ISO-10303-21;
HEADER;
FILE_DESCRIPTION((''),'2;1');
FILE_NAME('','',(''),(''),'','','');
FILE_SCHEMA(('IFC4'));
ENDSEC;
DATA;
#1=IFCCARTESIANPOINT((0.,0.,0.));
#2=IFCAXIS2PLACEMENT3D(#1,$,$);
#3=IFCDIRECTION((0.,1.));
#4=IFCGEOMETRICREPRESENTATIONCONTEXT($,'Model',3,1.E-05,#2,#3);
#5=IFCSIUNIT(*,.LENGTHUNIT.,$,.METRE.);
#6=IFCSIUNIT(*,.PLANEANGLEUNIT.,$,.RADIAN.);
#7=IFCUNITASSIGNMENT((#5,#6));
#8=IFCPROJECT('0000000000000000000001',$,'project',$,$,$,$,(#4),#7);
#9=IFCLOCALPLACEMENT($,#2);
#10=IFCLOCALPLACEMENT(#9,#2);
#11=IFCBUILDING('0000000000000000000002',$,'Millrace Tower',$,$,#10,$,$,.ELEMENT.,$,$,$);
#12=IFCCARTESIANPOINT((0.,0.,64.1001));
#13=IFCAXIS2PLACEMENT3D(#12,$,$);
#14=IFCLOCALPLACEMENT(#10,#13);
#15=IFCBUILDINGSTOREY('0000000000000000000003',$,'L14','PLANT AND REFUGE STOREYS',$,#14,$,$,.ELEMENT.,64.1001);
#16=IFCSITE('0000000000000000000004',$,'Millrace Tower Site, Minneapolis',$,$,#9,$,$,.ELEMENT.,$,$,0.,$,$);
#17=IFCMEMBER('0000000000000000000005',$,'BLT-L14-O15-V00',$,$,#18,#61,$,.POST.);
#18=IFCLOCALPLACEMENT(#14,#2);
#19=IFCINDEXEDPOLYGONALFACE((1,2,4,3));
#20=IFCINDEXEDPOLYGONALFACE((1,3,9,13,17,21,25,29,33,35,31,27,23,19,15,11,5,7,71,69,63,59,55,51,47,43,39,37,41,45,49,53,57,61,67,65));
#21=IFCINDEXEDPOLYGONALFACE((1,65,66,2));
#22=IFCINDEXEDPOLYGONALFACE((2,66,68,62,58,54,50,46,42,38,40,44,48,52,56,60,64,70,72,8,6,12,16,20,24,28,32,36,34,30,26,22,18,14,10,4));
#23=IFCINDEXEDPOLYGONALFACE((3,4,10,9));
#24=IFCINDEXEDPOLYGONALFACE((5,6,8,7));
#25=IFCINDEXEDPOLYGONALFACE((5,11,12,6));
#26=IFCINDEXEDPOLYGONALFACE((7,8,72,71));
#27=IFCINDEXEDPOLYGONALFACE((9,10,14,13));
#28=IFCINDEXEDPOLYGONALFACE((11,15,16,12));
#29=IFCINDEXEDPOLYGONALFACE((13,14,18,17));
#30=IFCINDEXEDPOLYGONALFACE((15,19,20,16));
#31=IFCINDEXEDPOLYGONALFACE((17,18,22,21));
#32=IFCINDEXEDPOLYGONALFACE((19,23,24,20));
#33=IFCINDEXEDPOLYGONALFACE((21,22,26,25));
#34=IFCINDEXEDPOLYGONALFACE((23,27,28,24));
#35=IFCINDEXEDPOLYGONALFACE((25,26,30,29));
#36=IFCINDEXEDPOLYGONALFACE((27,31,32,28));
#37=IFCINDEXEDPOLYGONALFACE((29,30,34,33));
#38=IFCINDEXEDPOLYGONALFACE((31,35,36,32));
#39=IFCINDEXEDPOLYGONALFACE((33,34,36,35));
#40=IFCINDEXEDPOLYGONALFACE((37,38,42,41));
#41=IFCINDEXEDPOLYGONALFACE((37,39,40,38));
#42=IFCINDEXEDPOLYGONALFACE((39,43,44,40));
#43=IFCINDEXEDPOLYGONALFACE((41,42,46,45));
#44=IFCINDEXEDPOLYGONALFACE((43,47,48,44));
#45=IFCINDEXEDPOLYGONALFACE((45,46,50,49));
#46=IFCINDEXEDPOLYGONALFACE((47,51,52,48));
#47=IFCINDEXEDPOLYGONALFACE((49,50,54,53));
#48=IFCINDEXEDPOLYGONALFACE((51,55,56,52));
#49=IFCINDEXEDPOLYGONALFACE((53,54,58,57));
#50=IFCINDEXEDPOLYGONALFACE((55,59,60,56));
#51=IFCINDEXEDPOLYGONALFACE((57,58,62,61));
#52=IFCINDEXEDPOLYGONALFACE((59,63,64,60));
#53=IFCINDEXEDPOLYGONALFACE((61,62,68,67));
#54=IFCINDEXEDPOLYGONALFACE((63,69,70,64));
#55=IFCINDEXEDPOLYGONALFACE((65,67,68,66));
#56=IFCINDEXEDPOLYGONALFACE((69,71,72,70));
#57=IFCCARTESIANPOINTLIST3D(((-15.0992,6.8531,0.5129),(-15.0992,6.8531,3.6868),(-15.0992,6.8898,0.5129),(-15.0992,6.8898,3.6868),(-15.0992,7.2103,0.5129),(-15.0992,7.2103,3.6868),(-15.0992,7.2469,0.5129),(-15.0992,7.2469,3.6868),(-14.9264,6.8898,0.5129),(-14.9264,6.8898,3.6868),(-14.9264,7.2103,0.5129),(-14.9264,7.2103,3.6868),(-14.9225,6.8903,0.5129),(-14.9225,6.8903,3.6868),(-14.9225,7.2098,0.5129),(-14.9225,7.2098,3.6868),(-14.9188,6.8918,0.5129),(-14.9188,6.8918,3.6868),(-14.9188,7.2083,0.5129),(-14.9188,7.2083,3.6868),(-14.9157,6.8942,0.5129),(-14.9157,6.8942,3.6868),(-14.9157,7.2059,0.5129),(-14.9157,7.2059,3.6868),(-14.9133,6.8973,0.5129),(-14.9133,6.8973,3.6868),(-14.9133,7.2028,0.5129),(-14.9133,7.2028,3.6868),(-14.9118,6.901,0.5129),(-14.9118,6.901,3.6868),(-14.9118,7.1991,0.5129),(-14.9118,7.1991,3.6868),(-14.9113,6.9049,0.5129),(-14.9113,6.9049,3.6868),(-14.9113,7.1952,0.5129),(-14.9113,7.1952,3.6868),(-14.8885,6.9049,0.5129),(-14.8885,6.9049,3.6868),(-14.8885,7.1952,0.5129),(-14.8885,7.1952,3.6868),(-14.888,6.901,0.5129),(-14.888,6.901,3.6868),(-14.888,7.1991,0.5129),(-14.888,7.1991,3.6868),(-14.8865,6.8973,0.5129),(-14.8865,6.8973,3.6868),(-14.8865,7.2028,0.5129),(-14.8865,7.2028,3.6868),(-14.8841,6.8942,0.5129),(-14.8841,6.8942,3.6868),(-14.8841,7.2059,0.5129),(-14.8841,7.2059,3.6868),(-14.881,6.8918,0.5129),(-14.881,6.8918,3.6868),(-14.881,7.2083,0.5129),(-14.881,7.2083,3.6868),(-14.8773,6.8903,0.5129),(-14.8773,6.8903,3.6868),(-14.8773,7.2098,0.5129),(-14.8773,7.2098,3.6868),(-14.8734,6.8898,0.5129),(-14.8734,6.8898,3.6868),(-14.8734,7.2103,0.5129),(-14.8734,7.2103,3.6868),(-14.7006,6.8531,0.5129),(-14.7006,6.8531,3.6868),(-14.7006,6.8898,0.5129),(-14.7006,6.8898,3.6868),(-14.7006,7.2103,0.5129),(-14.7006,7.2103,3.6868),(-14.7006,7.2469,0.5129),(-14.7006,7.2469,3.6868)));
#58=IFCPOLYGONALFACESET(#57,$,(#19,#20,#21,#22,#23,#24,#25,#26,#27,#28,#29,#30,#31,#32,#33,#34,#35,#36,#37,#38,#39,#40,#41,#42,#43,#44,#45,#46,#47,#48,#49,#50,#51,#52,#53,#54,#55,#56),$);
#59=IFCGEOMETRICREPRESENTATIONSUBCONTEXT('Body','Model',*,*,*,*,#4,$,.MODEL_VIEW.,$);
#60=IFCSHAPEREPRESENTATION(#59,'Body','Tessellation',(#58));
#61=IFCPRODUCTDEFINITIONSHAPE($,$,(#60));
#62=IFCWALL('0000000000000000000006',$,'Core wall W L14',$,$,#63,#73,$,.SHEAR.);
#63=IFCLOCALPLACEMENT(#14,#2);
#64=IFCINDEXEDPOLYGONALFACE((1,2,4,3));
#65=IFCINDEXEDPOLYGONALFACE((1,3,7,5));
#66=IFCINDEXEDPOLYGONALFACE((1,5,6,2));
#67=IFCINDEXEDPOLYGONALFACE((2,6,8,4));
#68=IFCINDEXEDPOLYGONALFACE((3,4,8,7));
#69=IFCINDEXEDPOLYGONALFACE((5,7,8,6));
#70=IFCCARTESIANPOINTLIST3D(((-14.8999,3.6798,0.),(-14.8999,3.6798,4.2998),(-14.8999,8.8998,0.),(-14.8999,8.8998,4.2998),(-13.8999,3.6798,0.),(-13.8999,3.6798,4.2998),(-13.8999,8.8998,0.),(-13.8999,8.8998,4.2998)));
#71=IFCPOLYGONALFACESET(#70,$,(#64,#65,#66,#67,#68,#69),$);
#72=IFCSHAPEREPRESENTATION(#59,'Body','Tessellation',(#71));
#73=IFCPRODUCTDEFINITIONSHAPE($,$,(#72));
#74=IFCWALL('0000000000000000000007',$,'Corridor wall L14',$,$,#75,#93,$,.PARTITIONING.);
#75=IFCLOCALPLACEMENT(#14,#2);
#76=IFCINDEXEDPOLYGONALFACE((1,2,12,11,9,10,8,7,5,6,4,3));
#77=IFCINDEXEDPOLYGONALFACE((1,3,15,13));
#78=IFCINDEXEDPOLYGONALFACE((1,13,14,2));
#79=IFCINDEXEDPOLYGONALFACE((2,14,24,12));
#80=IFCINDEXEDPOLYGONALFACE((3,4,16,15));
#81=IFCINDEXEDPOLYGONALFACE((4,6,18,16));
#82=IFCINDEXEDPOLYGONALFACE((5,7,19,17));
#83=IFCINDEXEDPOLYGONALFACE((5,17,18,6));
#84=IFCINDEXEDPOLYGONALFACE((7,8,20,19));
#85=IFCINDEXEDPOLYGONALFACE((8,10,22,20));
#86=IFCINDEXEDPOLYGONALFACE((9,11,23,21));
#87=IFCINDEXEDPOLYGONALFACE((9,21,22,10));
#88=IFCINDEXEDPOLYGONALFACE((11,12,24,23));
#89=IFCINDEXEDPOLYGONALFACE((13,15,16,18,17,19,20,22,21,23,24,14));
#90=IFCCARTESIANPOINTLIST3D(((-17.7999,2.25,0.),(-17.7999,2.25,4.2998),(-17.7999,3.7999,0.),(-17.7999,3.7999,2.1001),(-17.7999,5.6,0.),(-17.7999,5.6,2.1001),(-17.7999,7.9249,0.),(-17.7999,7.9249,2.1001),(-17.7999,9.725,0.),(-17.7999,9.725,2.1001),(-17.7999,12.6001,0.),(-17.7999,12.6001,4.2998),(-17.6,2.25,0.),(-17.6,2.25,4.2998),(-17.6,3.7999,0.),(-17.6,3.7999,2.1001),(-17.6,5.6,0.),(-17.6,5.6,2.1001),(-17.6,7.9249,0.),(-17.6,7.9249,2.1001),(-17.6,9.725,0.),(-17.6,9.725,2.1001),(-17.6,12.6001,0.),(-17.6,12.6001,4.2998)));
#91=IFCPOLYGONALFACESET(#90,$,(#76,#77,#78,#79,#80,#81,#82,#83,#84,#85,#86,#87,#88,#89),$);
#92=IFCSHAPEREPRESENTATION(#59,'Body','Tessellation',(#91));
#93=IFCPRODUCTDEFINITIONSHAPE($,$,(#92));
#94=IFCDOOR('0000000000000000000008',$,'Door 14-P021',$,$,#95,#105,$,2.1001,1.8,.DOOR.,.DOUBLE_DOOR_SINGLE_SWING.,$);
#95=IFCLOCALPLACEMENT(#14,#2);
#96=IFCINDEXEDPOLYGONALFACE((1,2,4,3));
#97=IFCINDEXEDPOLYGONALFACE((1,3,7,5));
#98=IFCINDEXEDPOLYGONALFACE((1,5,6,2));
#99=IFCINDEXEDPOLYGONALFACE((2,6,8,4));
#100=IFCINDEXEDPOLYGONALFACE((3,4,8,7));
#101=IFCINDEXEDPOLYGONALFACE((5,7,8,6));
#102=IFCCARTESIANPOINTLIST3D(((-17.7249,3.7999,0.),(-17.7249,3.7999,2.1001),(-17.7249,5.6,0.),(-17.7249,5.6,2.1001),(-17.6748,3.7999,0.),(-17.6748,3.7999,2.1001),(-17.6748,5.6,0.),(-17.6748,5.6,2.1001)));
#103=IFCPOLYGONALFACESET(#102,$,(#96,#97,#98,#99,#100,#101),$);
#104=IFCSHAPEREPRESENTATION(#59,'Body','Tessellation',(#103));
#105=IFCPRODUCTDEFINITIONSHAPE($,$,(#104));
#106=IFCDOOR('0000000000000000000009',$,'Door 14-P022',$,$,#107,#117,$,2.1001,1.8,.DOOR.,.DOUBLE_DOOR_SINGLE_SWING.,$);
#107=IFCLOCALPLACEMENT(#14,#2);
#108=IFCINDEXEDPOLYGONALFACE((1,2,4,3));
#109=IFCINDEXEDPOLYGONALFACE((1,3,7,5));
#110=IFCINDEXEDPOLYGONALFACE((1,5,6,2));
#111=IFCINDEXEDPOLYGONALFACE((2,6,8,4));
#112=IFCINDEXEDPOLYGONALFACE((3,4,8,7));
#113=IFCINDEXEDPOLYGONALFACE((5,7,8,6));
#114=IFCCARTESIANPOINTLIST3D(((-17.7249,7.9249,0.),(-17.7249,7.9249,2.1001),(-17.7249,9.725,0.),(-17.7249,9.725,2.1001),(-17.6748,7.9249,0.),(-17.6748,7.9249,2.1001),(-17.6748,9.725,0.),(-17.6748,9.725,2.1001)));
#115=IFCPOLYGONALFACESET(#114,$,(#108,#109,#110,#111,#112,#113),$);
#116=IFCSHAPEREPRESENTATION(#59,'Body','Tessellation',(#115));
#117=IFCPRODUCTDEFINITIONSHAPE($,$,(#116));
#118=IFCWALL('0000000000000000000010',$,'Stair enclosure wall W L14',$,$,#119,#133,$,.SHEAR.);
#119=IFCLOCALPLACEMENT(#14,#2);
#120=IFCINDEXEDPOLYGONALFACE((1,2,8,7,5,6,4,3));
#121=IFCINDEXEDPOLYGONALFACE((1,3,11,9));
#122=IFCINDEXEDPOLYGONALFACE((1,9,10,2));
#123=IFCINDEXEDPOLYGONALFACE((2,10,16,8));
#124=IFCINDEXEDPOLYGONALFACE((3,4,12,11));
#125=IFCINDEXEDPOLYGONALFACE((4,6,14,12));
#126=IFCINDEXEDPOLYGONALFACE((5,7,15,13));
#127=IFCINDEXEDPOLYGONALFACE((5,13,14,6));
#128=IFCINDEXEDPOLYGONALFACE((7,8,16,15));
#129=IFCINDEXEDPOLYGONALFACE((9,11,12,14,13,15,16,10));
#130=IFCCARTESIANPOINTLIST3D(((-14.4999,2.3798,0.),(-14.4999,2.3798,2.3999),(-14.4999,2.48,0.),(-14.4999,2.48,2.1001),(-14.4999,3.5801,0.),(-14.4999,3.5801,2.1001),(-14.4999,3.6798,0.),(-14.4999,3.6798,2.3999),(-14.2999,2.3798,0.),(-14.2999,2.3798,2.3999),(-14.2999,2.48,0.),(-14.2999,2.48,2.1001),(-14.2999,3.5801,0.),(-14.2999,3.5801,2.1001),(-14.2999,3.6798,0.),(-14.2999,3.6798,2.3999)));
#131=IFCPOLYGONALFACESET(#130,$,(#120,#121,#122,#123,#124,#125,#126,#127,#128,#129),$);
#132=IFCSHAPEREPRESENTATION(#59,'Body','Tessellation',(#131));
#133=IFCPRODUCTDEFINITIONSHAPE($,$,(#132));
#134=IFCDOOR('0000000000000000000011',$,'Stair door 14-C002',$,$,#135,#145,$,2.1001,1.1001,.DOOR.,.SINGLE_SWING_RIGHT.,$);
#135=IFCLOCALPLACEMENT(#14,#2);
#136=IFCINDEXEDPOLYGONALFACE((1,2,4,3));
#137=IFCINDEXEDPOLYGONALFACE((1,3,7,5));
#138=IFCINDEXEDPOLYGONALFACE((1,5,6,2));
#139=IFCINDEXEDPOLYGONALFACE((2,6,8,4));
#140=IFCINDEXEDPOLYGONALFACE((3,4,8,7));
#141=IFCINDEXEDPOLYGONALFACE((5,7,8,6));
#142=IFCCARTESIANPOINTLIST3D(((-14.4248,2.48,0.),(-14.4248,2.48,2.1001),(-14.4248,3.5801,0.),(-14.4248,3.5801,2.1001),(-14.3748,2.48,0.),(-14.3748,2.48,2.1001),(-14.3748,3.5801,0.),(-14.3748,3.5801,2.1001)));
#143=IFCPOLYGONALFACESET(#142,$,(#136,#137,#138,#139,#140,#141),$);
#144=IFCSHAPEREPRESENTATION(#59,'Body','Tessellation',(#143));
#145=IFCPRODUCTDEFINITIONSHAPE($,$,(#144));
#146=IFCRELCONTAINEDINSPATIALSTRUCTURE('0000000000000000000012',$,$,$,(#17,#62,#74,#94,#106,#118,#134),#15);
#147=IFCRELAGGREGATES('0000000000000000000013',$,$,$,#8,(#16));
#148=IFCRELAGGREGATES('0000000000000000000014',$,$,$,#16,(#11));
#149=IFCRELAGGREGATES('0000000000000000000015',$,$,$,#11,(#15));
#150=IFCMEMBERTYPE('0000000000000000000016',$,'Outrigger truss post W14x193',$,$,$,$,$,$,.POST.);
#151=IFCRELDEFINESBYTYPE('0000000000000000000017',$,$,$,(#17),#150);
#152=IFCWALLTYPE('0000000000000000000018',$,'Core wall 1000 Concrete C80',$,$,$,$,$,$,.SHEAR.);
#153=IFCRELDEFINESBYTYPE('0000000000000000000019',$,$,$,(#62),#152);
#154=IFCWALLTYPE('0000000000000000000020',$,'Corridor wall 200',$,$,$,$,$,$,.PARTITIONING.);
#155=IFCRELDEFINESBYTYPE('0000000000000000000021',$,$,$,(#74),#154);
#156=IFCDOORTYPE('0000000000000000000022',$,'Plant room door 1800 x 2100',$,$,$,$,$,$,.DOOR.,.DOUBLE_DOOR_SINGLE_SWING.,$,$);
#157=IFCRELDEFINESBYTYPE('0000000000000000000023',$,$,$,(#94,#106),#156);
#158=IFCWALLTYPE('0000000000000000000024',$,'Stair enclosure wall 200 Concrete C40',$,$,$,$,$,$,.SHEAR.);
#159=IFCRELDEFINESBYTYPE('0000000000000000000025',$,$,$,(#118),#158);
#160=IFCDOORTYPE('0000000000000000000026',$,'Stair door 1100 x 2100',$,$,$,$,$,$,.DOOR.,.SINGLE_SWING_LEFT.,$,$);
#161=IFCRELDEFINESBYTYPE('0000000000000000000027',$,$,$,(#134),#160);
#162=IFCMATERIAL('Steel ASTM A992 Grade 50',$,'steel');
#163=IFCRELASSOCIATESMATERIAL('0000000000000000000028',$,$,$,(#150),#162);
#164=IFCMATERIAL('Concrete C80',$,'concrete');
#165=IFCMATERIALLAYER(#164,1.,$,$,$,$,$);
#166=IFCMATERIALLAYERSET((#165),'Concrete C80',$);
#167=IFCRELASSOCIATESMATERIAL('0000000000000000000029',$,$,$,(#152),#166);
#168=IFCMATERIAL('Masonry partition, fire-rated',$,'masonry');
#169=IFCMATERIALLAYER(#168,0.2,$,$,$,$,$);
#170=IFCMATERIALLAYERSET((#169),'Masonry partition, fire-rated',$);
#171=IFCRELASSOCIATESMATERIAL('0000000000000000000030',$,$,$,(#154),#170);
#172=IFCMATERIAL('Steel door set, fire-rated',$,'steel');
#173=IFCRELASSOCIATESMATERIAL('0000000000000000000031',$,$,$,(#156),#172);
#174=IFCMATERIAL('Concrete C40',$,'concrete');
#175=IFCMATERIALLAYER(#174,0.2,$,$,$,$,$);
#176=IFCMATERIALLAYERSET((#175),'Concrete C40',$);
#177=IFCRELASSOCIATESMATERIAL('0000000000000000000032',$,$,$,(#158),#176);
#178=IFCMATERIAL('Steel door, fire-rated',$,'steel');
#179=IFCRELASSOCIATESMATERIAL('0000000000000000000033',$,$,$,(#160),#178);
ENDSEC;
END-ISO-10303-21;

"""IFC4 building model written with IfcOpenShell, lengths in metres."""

from ifc_helpers import new_model, si_unit, direction, frame, frame_2d, origin, origin_2d, place, context, subcontext, project, spatial, rectangle, i_section, extrude, material, layer, layer_set, material_profile, profile_set, type_object, element, fill, save


model = new_model("IFC4")

# Units and contexts
model_context = context("Model", 3, precision=1e-05, world=origin(), true_north=direction((0.0, 1.0)))
body_context = subcontext(model_context, "Body", "Model", "MODEL_VIEW")
ifc_project = project(units=[si_unit("LENGTHUNIT", "METRE"), si_unit("PLANEANGLEUNIT", "RADIAN")], contexts=[model_context])

# Site, building, storey
site_placement = place(None, origin())
site = spatial("IfcSite", under=ifc_project, at=site_placement, Name="Millrace Tower Site, Minneapolis", CompositionType="ELEMENT", RefElevation=0.0)
building_placement = place(site_placement, origin())
building = spatial("IfcBuilding", under=site, at=building_placement, Name="Millrace Tower", CompositionType="ELEMENT")
storey_placement = place(building_placement, frame((0.0, 0.0, 64.1001)))
storey = spatial("IfcBuildingStorey", under=building, at=storey_placement, Name="L14", Description="PLANT AND REFUGE STOREYS", CompositionType="ELEMENT", Elevation=64.1001)

# Member
ifc_material_1 = material(Name="Steel ASTM A992 Grade 50", Category="steel")
ifc_material_profile_1 = material_profile(ifc_material_1, i_section(OverallWidth=0.3987, OverallDepth=0.3938, WebThickness=0.0227, FlangeThickness=0.0366, FilletRadius=0.0151, at=origin_2d()))
ifc_profile_set_1 = profile_set([ifc_material_profile_1], Name="Steel ASTM A992 Grade 50")
member_type_1 = type_object("IfcMemberType", Name="Outrigger truss post W14x193", PredefinedType="POST", material=ifc_profile_set_1)
member_1_placement = place(storey_placement, frame((-14.8999, 7.05, 0.5129), z_axis=(0.0, 0.0, 1.0), x_axis=(1.0, 0.0, 0.0)))
element("IfcMember", 1, at=member_1_placement, inside=storey, type_object=member_type_1, Name="BLT-L14-O15-V00", PredefinedType="POST", context=body_context, shape_type="SweptSolid", body=[
    extrude(i_section(OverallWidth=0.3987, OverallDepth=0.3938, WebThickness=0.0227, FlangeThickness=0.0366, FilletRadius=0.0151, at=origin_2d()), origin(), (0.0, 0.0, 1.0), 3.1738),
])

# Wall
ifc_material_2 = material(Name="Concrete C80", Category="concrete")
ifc_layer_1 = layer(ifc_material_2, 1.0)
ifc_layer_set_1 = layer_set([ifc_layer_1], Name="Concrete C80")
wall_type_1 = type_object("IfcWallType", Name="Core wall 1000 Concrete C80", PredefinedType="SHEAR", material=ifc_layer_set_1)
wall_1_placement = place(storey_placement, frame((-14.3999, 3.6799, 0.0), z_axis=(0.0, 0.0, 1.0), x_axis=(0.0, 1.0, 0.0)))
element("IfcWall", 2, at=wall_1_placement, inside=storey, type_object=wall_type_1, Name="Core wall W L14", PredefinedType="SHEAR", context=body_context, shape_type="SweptSolid", body=[
    extrude(rectangle(XDim=5.22, YDim=1.0, at=frame_2d((2.6099, 0.0))), origin(), (0.0, 0.0, 1.0), 4.2998),
])

# Wall, openings, doors
ifc_material_3 = material(Name="Masonry partition, fire-rated", Category="masonry")
ifc_layer_2 = layer(ifc_material_3, 0.2)
ifc_layer_set_2 = layer_set([ifc_layer_2], Name="Masonry partition, fire-rated")
wall_type_2 = type_object("IfcWallType", Name="Corridor wall 200", PredefinedType="PARTITIONING", material=ifc_layer_set_2)
wall_2_placement = place(storey_placement, frame((-17.7, 2.25, 0.0), z_axis=(0.0, 0.0, 1.0), x_axis=(0.0, 1.0, 0.0)))
wall_2 = element("IfcWall", 3, at=wall_2_placement, inside=storey, type_object=wall_type_2, Name="Corridor wall L14", PredefinedType="PARTITIONING", context=body_context, shape_type="SweptSolid", body=[
    extrude(rectangle(XDim=10.3501, YDim=0.2, at=frame_2d((5.175, 0.0))), origin(), (0.0, 0.0, 1.0), 4.2998),
])
opening_1_placement = place(wall_2_placement, frame((1.55, 0.0, 0.0)))
opening_1 = element("IfcOpeningElement", 4, at=opening_1_placement, cuts=wall_2, PredefinedType="OPENING", context=body_context, shape_type="SweptSolid", body=[
    extrude(rectangle(XDim=1.8, YDim=2.1001, at=frame_2d((0.8999, 1.05))), frame((0.0, 0.1099, 0.0), z_axis=(0.0, -1.0, 0.0), x_axis=(1.0, 0.0, 0.0)), (0.0, 0.0, 1.0), 0.22),
])
opening_2_placement = place(wall_2_placement, frame((5.675, 0.0, 0.0)))
opening_2 = element("IfcOpeningElement", 5, at=opening_2_placement, cuts=wall_2, PredefinedType="OPENING", context=body_context, shape_type="SweptSolid", body=[
    extrude(rectangle(XDim=1.8, YDim=2.1001, at=frame_2d((0.8999, 1.05))), frame((0.0, 0.1099, 0.0), z_axis=(0.0, -1.0, 0.0), x_axis=(1.0, 0.0, 0.0)), (0.0, 0.0, 1.0), 0.22),
])
ifc_material_4 = material(Name="Steel door set, fire-rated", Category="steel")
door_type_1 = type_object("IfcDoorType", Name="Plant room door 1800 x 2100", OperationType="DOUBLE_DOOR_SINGLE_SWING", PredefinedType="DOOR", material=ifc_material_4)
door_1_placement = place(opening_1_placement, origin())
door_1 = element("IfcDoor", 6, at=door_1_placement, inside=storey, type_object=door_type_1, Name="Door 14-P021", OperationType="DOUBLE_DOOR_SINGLE_SWING", OverallHeight=2.1001, OverallWidth=1.8, PredefinedType="DOOR", context=body_context, shape_type="SweptSolid", body=[
    extrude(rectangle(XDim=1.8, YDim=2.1001, at=frame_2d((0.8999, 1.05))), frame((0.0, 0.0249, 0.0), z_axis=(0.0, -1.0, 0.0), x_axis=(1.0, 0.0, 0.0)), (0.0, 0.0, 1.0), 0.05),
])
fill(opening_1, door_1)
door_2_placement = place(opening_2_placement, origin())
door_2 = element("IfcDoor", 7, at=door_2_placement, inside=storey, type_object=door_type_1, Name="Door 14-P022", OperationType="DOUBLE_DOOR_SINGLE_SWING", OverallHeight=2.1001, OverallWidth=1.8, PredefinedType="DOOR", context=body_context, shape_type="SweptSolid", body=[
    extrude(rectangle(XDim=1.8, YDim=2.1001, at=frame_2d((0.8999, 1.05))), frame((0.0, 0.0249, 0.0), z_axis=(0.0, -1.0, 0.0), x_axis=(1.0, 0.0, 0.0)), (0.0, 0.0, 1.0), 0.05),
])
fill(opening_2, door_2)

# Wall, opening, door
ifc_material_5 = material(Name="Concrete C40", Category="concrete")
ifc_layer_3 = layer(ifc_material_5, 0.2)
ifc_layer_set_3 = layer_set([ifc_layer_3], Name="Concrete C40")
wall_type_3 = type_object("IfcWallType", Name="Stair enclosure wall 200 Concrete C40", PredefinedType="SHEAR", material=ifc_layer_set_3)
wall_3_placement = place(storey_placement, frame((-14.3999, 2.3799, 0.0), z_axis=(0.0, 0.0, 1.0), x_axis=(0.0, 1.0, 0.0)))
wall_3 = element("IfcWall", 8, at=wall_3_placement, inside=storey, type_object=wall_type_3, Name="Stair enclosure wall W L14", PredefinedType="SHEAR", context=body_context, shape_type="SweptSolid", body=[
    extrude(rectangle(XDim=1.3, YDim=0.2, at=frame_2d((0.6499, 0.0))), origin(), (0.0, 0.0, 1.0), 2.3999),
])
opening_3_placement = place(wall_3_placement, frame((0.1001, 0.0, 0.0)))
opening_3 = element("IfcOpeningElement", 9, at=opening_3_placement, cuts=wall_3, PredefinedType="OPENING", context=body_context, shape_type="SweptSolid", body=[
    extrude(rectangle(XDim=1.1001, YDim=2.1001, at=frame_2d((0.55, 1.05))), frame((0.0, 0.1099, 0.0), z_axis=(0.0, -1.0, 0.0), x_axis=(1.0, 0.0, 0.0)), (0.0, 0.0, 1.0), 0.22),
])
ifc_material_6 = material(Name="Steel door, fire-rated", Category="steel")
door_type_2 = type_object("IfcDoorType", Name="Stair door 1100 x 2100", OperationType="SINGLE_SWING_LEFT", PredefinedType="DOOR", material=ifc_material_6)
door_3_placement = place(opening_3_placement, origin())
door_3 = element("IfcDoor", 10, at=door_3_placement, inside=storey, type_object=door_type_2, Name="Stair door 14-C002", OperationType="SINGLE_SWING_RIGHT", OverallHeight=2.1001, OverallWidth=1.1001, PredefinedType="DOOR", context=body_context, shape_type="SweptSolid", body=[
    extrude(rectangle(XDim=1.1001, YDim=2.1001, at=frame_2d((0.55, 1.05))), frame((0.0, 0.0249, 0.0), z_axis=(0.0, -1.0, 0.0), x_axis=(1.0, 0.0, 0.0)), (0.0, 0.0, 1.0), 0.05),
])
fill(opening_3, door_3)

save(model, "model.ifc")
